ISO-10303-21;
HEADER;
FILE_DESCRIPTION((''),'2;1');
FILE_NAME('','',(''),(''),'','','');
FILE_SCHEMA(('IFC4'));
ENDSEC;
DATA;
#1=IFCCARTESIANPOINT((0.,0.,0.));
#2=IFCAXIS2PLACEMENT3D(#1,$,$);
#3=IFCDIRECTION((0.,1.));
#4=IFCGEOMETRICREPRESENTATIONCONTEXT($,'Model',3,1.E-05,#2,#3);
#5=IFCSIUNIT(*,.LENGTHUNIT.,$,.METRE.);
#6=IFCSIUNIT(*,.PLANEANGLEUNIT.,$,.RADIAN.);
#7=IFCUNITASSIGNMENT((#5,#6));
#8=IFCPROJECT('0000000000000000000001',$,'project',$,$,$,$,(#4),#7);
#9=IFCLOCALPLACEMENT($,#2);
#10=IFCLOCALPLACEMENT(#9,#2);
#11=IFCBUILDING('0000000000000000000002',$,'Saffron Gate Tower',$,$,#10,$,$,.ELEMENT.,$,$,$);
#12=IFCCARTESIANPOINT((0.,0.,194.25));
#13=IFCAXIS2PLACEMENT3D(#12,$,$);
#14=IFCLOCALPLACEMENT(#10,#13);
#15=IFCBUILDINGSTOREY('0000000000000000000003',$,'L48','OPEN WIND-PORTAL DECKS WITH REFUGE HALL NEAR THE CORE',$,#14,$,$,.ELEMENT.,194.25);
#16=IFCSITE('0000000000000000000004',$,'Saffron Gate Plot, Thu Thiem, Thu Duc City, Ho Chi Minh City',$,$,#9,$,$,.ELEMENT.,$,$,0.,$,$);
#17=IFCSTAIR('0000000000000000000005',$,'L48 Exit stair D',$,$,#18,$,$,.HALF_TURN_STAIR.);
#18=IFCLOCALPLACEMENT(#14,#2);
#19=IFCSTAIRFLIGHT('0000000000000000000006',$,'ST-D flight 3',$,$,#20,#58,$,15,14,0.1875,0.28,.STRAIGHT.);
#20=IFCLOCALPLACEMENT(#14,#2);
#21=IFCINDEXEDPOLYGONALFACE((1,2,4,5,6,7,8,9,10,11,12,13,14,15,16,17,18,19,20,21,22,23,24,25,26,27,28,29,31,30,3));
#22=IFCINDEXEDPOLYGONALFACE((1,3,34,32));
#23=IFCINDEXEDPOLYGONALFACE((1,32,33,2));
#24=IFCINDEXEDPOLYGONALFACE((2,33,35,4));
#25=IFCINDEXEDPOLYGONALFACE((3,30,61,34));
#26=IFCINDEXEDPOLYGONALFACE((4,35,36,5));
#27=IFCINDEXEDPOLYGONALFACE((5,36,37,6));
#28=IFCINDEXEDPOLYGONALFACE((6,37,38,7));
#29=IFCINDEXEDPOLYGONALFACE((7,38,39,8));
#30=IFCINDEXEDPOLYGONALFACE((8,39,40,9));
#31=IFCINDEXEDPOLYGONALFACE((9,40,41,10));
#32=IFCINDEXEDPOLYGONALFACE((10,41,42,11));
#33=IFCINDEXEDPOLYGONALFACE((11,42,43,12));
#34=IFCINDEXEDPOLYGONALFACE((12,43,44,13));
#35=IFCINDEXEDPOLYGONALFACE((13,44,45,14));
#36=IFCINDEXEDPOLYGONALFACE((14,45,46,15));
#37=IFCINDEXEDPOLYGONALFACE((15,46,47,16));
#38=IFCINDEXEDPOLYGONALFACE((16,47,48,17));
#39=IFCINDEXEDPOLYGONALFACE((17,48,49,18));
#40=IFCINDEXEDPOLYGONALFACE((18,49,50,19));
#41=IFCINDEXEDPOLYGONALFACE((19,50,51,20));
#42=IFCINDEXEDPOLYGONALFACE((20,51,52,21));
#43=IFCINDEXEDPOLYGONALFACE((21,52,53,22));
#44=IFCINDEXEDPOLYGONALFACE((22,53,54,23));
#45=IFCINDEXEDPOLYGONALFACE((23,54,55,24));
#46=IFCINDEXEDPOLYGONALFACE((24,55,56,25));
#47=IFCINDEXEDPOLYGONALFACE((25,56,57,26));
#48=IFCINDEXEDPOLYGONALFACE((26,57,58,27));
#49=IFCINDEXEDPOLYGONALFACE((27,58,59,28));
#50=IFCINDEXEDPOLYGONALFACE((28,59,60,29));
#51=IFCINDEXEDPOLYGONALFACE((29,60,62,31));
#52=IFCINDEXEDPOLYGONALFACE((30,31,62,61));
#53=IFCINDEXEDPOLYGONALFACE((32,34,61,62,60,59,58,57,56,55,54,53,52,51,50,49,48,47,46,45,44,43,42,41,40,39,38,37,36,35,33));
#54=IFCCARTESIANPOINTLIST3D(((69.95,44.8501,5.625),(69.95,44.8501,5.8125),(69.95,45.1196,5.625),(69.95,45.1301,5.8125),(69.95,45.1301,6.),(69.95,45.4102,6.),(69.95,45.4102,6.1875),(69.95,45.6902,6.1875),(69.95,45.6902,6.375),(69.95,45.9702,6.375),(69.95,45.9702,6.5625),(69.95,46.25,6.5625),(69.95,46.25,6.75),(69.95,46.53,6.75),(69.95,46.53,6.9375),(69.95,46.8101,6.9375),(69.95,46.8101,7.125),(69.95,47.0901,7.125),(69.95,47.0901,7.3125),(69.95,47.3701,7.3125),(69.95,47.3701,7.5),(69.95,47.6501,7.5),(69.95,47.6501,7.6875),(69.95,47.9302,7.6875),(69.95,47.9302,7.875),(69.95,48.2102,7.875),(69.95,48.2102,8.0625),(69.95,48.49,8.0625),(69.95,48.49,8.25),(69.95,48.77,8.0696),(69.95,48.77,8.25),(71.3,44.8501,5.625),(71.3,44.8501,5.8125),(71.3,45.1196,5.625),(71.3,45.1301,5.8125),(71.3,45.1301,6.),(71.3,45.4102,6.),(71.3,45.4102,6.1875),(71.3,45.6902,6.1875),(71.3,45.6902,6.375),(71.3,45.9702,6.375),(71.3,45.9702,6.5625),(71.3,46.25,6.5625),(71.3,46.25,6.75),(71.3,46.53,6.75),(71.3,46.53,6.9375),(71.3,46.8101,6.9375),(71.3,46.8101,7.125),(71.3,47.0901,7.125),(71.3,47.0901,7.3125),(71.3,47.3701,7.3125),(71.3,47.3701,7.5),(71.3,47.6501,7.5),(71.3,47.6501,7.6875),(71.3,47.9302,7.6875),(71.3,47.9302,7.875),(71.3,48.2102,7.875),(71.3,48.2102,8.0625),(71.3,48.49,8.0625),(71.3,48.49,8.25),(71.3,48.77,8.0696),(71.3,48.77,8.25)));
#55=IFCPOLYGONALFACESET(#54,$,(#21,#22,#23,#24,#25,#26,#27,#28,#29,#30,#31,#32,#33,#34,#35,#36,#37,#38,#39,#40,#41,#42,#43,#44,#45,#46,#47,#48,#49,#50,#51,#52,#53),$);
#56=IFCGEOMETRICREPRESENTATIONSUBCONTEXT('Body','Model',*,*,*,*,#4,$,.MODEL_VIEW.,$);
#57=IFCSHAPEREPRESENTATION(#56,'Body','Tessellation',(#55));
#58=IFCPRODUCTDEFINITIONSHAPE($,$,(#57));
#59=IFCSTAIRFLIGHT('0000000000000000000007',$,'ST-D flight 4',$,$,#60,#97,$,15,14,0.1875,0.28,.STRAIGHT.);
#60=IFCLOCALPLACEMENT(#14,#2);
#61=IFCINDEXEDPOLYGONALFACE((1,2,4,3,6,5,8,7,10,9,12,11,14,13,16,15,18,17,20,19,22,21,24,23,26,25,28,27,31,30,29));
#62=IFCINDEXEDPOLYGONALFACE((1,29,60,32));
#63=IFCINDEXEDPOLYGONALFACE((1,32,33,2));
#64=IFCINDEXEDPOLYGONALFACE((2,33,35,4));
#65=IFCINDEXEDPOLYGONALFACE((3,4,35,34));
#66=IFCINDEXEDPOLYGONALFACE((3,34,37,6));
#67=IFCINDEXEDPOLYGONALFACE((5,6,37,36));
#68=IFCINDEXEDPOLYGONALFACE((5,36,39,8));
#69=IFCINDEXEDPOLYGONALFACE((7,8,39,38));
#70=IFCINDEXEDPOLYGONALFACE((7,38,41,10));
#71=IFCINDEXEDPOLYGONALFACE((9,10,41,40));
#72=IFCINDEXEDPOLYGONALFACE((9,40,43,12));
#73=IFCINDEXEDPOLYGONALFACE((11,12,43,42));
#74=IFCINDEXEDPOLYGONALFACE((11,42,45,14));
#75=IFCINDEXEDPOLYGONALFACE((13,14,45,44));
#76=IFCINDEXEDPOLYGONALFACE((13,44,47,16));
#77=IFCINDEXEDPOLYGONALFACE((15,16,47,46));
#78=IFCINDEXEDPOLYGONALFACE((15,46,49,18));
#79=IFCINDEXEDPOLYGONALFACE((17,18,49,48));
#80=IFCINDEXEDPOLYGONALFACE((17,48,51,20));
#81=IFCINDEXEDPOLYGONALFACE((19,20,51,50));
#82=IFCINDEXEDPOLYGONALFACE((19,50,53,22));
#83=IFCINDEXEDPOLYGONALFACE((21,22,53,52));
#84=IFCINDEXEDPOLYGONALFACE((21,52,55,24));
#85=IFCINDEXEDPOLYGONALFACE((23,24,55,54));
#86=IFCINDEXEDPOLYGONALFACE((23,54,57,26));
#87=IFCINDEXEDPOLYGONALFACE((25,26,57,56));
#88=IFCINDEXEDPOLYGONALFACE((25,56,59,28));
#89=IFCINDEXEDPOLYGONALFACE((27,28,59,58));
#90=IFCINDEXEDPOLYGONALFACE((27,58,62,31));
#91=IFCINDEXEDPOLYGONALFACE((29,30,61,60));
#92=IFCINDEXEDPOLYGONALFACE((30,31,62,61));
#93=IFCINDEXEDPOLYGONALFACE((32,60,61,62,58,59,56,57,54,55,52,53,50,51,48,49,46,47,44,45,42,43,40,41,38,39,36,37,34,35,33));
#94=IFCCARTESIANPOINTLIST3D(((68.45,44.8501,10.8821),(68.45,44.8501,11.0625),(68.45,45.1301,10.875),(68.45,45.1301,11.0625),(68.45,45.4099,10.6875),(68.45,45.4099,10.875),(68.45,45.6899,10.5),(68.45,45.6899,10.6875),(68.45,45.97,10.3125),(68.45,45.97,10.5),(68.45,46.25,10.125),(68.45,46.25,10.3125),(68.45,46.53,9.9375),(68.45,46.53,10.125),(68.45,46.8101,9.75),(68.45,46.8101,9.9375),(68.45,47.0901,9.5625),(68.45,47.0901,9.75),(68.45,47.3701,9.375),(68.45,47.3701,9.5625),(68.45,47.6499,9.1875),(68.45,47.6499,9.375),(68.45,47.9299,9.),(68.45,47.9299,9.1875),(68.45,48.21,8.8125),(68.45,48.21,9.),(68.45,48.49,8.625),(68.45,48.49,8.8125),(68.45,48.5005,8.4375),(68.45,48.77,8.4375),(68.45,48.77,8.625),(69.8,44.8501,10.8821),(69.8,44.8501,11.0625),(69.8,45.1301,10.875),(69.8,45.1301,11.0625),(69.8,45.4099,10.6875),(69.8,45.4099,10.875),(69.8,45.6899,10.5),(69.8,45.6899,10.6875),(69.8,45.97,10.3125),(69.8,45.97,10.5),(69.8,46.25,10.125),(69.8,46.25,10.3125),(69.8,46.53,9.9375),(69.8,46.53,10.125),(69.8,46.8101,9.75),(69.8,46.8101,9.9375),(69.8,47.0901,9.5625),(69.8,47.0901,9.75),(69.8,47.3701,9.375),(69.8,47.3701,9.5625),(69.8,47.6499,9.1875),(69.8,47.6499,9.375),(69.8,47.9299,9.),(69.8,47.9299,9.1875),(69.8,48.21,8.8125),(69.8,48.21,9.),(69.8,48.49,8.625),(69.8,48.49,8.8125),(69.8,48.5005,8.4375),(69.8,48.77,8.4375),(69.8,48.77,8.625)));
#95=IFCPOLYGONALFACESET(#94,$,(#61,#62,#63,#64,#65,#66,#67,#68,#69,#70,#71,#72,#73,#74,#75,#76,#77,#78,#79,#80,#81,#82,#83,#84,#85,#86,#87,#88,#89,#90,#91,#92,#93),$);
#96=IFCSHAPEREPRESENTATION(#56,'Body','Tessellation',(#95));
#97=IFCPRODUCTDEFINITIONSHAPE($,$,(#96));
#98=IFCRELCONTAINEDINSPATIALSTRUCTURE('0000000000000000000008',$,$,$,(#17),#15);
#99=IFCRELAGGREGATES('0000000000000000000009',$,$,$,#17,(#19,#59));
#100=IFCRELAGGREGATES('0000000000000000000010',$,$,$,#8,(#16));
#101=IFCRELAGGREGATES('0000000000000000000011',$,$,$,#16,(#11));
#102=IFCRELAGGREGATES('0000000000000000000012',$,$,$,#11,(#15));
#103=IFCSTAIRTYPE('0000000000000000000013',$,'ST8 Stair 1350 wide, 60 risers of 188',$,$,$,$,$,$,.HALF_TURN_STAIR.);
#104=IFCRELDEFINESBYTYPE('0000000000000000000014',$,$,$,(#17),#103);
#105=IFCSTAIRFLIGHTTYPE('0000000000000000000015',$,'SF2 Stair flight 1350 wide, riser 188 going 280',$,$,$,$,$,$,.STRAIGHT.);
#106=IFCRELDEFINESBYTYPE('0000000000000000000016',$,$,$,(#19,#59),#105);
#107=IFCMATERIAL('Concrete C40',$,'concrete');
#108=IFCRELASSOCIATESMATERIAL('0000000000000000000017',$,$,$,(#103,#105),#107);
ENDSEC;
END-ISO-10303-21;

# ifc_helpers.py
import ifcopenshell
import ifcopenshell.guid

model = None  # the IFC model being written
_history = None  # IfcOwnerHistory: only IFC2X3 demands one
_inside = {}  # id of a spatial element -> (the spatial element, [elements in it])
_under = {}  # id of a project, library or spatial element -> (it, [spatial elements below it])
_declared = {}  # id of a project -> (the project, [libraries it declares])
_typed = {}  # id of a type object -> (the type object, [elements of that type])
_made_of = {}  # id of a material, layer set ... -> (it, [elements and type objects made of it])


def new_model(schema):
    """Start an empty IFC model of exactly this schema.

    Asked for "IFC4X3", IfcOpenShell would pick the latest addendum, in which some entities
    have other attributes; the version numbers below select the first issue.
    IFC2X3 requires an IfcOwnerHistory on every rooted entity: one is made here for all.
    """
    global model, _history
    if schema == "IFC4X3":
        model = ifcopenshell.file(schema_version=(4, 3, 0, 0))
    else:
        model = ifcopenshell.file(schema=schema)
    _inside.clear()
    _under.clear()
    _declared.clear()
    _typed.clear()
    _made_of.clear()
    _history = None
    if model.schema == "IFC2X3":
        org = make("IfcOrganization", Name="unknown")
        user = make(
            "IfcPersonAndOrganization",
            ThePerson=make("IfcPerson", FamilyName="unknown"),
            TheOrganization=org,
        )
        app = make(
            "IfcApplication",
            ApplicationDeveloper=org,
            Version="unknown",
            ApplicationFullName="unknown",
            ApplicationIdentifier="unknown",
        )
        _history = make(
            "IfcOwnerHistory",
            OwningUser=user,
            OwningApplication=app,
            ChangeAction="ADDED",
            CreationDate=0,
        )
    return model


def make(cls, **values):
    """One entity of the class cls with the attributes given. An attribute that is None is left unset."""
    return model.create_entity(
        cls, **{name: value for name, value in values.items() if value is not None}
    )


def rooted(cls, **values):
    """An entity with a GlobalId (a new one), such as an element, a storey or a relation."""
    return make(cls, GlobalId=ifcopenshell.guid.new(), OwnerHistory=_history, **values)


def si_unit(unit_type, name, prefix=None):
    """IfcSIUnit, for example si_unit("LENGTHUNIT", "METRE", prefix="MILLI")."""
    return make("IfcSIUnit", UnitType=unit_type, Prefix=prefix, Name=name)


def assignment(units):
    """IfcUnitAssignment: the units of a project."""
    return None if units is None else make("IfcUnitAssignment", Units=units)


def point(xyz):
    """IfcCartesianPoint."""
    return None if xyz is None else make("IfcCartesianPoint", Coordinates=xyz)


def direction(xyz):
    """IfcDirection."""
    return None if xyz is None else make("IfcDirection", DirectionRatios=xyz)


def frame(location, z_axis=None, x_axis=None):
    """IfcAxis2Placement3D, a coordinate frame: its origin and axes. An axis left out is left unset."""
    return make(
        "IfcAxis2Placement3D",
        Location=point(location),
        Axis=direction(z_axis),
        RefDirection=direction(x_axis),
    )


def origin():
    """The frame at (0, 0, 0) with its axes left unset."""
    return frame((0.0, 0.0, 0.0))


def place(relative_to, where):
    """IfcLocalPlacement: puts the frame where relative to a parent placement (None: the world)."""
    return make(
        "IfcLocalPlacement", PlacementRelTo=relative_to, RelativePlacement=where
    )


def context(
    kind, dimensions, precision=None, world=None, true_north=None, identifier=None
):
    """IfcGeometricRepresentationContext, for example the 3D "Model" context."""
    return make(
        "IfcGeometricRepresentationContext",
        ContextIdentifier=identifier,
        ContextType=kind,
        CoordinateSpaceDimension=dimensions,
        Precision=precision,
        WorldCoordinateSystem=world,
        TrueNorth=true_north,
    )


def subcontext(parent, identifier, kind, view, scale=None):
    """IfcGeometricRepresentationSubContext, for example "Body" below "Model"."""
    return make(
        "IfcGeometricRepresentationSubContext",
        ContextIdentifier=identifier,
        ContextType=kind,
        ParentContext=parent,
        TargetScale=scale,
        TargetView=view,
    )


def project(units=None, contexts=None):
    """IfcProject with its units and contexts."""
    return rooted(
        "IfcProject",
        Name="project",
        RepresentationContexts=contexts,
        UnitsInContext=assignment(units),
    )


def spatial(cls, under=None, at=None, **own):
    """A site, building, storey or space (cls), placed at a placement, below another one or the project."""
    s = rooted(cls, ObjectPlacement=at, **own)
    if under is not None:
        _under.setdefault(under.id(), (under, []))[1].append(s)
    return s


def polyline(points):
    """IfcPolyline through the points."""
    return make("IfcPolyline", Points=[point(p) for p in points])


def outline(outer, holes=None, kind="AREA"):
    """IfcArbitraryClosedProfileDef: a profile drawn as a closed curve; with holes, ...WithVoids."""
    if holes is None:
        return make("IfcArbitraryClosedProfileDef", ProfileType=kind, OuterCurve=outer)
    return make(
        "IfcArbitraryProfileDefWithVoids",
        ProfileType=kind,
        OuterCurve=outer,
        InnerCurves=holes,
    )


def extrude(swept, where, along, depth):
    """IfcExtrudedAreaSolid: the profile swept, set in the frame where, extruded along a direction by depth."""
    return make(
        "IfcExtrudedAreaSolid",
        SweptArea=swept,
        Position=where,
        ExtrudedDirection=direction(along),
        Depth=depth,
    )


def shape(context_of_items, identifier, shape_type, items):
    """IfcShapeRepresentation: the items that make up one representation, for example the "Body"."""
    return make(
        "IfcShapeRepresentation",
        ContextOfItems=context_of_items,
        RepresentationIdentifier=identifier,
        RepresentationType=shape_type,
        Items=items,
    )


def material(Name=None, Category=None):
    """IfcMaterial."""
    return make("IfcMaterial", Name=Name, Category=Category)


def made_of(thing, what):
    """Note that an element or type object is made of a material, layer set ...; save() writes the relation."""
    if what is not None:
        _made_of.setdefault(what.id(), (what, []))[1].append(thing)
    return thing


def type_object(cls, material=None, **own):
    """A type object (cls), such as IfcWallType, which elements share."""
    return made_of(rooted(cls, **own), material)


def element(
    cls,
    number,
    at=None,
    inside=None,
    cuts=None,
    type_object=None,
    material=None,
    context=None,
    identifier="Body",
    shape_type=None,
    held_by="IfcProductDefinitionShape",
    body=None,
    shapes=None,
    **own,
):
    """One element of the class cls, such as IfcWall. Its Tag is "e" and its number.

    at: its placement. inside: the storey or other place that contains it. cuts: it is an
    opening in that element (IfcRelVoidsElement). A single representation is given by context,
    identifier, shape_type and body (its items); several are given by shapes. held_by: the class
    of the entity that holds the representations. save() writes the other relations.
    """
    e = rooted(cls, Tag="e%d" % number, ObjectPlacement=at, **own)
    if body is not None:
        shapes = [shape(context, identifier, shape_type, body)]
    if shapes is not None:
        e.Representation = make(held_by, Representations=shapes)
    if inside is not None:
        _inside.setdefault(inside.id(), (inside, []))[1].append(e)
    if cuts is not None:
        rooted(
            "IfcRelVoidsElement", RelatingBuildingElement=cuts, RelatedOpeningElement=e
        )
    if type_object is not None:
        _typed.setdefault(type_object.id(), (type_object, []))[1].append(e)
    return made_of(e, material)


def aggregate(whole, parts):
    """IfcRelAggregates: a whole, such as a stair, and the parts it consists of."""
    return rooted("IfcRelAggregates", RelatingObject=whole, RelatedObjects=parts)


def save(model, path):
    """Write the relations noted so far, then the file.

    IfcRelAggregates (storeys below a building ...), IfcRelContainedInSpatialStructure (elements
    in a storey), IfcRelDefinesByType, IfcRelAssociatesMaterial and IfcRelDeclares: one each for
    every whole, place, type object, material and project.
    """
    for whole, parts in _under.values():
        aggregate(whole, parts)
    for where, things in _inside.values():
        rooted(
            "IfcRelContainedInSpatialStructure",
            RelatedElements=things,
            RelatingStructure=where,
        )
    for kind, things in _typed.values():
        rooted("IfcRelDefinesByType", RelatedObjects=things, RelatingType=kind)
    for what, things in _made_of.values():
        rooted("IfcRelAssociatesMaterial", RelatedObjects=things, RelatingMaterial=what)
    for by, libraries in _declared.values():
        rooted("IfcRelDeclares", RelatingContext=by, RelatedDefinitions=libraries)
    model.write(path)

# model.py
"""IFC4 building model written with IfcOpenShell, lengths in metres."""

from ifc_helpers import new_model, si_unit, direction, frame, origin, place, context, subcontext, project, spatial, polyline, outline, extrude, material, type_object, element, aggregate, save


model = new_model("IFC4")

# Units and contexts
model_context = context("Model", 3, precision=1e-05, world=origin(), true_north=direction((0.0, 1.0)))
body_context = subcontext(model_context, "Body", "Model", "MODEL_VIEW")
ifc_project = project(units=[si_unit("LENGTHUNIT", "METRE"), si_unit("PLANEANGLEUNIT", "RADIAN")], contexts=[model_context])

# Site, building, storey
site_placement = place(None, origin())
site = spatial("IfcSite", under=ifc_project, at=site_placement, Name="Saffron Gate Plot, Thu Thiem, Thu Duc City, Ho Chi Minh City", CompositionType="ELEMENT", RefElevation=0.0)
building_placement = place(site_placement, origin())
building = spatial("IfcBuilding", under=site, at=building_placement, Name="Saffron Gate Tower", CompositionType="ELEMENT")
storey_placement = place(building_placement, frame((0.0, 0.0, 194.25)))
storey = spatial("IfcBuildingStorey", under=building, at=storey_placement, Name="L48", Description="OPEN WIND-PORTAL DECKS WITH REFUGE HALL NEAR THE CORE", CompositionType="ELEMENT", Elevation=194.25)

# Stair, stair flights
ifc_material_1 = material(Name="Concrete C40", Category="concrete")
stair_type = type_object("IfcStairType", Name="ST8 Stair 1350 wide, 60 risers of 188", PredefinedType="HALF_TURN_STAIR", material=ifc_material_1)
stair_placement = place(storey_placement, origin())
stair = element("IfcStair", 1, at=stair_placement, inside=storey, type_object=stair_type, Name="L48 Exit stair D", PredefinedType="HALF_TURN_STAIR")
stair_flight_type = type_object("IfcStairFlightType", Name="SF2 Stair flight 1350 wide, riser 188 going 280", PredefinedType="STRAIGHT", material=ifc_material_1)
stair_flight_1_placement = place(storey_placement, frame((70.625, 44.8501, 5.625), z_axis=(0.0, 0.0, 1.0), x_axis=(0.0, 1.0, 0.0)))
stair_flight_1 = element("IfcStairFlight", 2, at=stair_flight_1_placement, type_object=stair_flight_type, Name="ST-D flight 3", NumberOfRisers=15, NumberOfTreads=14, PredefinedType="STRAIGHT", RiserHeight=0.1875, TreadLength=0.28, context=body_context, shape_type="SweptSolid", body=[
    extrude(outline(polyline([(0.0, 0.0), (0.0, 0.1875), (0.28, 0.1875), (0.28, 0.375), (0.5601, 0.375), (0.5601, 0.5625), (0.8401, 0.5625), (0.8401, 0.75), (1.1201, 0.75), (1.1201, 0.9375), (1.3999, 0.9375), (1.3999, 1.125), (1.6799, 1.125), (1.6799, 1.3125), (1.96, 1.3125), (1.96, 1.5), (2.24, 1.5), (2.24, 1.6875), (2.52, 1.6875), (2.52, 1.875), (2.8, 1.875), (2.8, 2.0625), (3.0801, 2.0625), (3.0801, 2.25), (3.3601, 2.25), (3.3601, 2.4375), (3.6399, 2.4375), (3.6399, 2.625), (3.9199, 2.625), (3.9199, 2.8125), (3.9199, 2.4446), (0.2695, 0.0), (0.0, 0.0)])), frame((0.0, 0.675, 0.0), z_axis=(0.0, -1.0, 0.0), x_axis=(1.0, 0.0, 0.0)), (0.0, 0.0, 1.0), 1.3501),
])
stair_flight_2_placement = place(storey_placement, frame((69.125, 48.77, 8.4375), z_axis=(0.0, 0.0, 1.0), x_axis=(0.0, -1.0, 0.0)))
stair_flight_2 = element("IfcStairFlight", 3, at=stair_flight_2_placement, type_object=stair_flight_type, Name="ST-D flight 4", NumberOfRisers=15, NumberOfTreads=14, PredefinedType="STRAIGHT", RiserHeight=0.1875, TreadLength=0.28, context=body_context, shape_type="SweptSolid", body=[
    extrude(outline(polyline([(0.0, 0.0), (0.0, 0.1875), (0.28, 0.1875), (0.28, 0.375), (0.5601, 0.375), (0.5601, 0.5625), (0.8401, 0.5625), (0.8401, 0.75), (1.1201, 0.75), (1.1201, 0.9375), (1.3999, 0.9375), (1.3999, 1.125), (1.6799, 1.125), (1.6799, 1.3125), (1.96, 1.3125), (1.96, 1.5), (2.24, 1.5), (2.24, 1.6875), (2.52, 1.6875), (2.52, 1.875), (2.8, 1.875), (2.8, 2.0625), (3.0801, 2.0625), (3.0801, 2.25), (3.3601, 2.25), (3.3601, 2.4375), (3.6399, 2.4375), (3.6399, 2.625), (3.9199, 2.625), (3.9199, 2.8125), (3.9199, 2.4446), (0.2695, 0.0), (0.0, 0.0)])), frame((0.0, 0.675, 0.0), z_axis=(0.0, -1.0, 0.0), x_axis=(1.0, 0.0, 0.0)), (0.0, 0.0, 1.0), 1.3501),
])
aggregate(stair, [stair_flight_1, stair_flight_2])

save(model, "model.ifc")
